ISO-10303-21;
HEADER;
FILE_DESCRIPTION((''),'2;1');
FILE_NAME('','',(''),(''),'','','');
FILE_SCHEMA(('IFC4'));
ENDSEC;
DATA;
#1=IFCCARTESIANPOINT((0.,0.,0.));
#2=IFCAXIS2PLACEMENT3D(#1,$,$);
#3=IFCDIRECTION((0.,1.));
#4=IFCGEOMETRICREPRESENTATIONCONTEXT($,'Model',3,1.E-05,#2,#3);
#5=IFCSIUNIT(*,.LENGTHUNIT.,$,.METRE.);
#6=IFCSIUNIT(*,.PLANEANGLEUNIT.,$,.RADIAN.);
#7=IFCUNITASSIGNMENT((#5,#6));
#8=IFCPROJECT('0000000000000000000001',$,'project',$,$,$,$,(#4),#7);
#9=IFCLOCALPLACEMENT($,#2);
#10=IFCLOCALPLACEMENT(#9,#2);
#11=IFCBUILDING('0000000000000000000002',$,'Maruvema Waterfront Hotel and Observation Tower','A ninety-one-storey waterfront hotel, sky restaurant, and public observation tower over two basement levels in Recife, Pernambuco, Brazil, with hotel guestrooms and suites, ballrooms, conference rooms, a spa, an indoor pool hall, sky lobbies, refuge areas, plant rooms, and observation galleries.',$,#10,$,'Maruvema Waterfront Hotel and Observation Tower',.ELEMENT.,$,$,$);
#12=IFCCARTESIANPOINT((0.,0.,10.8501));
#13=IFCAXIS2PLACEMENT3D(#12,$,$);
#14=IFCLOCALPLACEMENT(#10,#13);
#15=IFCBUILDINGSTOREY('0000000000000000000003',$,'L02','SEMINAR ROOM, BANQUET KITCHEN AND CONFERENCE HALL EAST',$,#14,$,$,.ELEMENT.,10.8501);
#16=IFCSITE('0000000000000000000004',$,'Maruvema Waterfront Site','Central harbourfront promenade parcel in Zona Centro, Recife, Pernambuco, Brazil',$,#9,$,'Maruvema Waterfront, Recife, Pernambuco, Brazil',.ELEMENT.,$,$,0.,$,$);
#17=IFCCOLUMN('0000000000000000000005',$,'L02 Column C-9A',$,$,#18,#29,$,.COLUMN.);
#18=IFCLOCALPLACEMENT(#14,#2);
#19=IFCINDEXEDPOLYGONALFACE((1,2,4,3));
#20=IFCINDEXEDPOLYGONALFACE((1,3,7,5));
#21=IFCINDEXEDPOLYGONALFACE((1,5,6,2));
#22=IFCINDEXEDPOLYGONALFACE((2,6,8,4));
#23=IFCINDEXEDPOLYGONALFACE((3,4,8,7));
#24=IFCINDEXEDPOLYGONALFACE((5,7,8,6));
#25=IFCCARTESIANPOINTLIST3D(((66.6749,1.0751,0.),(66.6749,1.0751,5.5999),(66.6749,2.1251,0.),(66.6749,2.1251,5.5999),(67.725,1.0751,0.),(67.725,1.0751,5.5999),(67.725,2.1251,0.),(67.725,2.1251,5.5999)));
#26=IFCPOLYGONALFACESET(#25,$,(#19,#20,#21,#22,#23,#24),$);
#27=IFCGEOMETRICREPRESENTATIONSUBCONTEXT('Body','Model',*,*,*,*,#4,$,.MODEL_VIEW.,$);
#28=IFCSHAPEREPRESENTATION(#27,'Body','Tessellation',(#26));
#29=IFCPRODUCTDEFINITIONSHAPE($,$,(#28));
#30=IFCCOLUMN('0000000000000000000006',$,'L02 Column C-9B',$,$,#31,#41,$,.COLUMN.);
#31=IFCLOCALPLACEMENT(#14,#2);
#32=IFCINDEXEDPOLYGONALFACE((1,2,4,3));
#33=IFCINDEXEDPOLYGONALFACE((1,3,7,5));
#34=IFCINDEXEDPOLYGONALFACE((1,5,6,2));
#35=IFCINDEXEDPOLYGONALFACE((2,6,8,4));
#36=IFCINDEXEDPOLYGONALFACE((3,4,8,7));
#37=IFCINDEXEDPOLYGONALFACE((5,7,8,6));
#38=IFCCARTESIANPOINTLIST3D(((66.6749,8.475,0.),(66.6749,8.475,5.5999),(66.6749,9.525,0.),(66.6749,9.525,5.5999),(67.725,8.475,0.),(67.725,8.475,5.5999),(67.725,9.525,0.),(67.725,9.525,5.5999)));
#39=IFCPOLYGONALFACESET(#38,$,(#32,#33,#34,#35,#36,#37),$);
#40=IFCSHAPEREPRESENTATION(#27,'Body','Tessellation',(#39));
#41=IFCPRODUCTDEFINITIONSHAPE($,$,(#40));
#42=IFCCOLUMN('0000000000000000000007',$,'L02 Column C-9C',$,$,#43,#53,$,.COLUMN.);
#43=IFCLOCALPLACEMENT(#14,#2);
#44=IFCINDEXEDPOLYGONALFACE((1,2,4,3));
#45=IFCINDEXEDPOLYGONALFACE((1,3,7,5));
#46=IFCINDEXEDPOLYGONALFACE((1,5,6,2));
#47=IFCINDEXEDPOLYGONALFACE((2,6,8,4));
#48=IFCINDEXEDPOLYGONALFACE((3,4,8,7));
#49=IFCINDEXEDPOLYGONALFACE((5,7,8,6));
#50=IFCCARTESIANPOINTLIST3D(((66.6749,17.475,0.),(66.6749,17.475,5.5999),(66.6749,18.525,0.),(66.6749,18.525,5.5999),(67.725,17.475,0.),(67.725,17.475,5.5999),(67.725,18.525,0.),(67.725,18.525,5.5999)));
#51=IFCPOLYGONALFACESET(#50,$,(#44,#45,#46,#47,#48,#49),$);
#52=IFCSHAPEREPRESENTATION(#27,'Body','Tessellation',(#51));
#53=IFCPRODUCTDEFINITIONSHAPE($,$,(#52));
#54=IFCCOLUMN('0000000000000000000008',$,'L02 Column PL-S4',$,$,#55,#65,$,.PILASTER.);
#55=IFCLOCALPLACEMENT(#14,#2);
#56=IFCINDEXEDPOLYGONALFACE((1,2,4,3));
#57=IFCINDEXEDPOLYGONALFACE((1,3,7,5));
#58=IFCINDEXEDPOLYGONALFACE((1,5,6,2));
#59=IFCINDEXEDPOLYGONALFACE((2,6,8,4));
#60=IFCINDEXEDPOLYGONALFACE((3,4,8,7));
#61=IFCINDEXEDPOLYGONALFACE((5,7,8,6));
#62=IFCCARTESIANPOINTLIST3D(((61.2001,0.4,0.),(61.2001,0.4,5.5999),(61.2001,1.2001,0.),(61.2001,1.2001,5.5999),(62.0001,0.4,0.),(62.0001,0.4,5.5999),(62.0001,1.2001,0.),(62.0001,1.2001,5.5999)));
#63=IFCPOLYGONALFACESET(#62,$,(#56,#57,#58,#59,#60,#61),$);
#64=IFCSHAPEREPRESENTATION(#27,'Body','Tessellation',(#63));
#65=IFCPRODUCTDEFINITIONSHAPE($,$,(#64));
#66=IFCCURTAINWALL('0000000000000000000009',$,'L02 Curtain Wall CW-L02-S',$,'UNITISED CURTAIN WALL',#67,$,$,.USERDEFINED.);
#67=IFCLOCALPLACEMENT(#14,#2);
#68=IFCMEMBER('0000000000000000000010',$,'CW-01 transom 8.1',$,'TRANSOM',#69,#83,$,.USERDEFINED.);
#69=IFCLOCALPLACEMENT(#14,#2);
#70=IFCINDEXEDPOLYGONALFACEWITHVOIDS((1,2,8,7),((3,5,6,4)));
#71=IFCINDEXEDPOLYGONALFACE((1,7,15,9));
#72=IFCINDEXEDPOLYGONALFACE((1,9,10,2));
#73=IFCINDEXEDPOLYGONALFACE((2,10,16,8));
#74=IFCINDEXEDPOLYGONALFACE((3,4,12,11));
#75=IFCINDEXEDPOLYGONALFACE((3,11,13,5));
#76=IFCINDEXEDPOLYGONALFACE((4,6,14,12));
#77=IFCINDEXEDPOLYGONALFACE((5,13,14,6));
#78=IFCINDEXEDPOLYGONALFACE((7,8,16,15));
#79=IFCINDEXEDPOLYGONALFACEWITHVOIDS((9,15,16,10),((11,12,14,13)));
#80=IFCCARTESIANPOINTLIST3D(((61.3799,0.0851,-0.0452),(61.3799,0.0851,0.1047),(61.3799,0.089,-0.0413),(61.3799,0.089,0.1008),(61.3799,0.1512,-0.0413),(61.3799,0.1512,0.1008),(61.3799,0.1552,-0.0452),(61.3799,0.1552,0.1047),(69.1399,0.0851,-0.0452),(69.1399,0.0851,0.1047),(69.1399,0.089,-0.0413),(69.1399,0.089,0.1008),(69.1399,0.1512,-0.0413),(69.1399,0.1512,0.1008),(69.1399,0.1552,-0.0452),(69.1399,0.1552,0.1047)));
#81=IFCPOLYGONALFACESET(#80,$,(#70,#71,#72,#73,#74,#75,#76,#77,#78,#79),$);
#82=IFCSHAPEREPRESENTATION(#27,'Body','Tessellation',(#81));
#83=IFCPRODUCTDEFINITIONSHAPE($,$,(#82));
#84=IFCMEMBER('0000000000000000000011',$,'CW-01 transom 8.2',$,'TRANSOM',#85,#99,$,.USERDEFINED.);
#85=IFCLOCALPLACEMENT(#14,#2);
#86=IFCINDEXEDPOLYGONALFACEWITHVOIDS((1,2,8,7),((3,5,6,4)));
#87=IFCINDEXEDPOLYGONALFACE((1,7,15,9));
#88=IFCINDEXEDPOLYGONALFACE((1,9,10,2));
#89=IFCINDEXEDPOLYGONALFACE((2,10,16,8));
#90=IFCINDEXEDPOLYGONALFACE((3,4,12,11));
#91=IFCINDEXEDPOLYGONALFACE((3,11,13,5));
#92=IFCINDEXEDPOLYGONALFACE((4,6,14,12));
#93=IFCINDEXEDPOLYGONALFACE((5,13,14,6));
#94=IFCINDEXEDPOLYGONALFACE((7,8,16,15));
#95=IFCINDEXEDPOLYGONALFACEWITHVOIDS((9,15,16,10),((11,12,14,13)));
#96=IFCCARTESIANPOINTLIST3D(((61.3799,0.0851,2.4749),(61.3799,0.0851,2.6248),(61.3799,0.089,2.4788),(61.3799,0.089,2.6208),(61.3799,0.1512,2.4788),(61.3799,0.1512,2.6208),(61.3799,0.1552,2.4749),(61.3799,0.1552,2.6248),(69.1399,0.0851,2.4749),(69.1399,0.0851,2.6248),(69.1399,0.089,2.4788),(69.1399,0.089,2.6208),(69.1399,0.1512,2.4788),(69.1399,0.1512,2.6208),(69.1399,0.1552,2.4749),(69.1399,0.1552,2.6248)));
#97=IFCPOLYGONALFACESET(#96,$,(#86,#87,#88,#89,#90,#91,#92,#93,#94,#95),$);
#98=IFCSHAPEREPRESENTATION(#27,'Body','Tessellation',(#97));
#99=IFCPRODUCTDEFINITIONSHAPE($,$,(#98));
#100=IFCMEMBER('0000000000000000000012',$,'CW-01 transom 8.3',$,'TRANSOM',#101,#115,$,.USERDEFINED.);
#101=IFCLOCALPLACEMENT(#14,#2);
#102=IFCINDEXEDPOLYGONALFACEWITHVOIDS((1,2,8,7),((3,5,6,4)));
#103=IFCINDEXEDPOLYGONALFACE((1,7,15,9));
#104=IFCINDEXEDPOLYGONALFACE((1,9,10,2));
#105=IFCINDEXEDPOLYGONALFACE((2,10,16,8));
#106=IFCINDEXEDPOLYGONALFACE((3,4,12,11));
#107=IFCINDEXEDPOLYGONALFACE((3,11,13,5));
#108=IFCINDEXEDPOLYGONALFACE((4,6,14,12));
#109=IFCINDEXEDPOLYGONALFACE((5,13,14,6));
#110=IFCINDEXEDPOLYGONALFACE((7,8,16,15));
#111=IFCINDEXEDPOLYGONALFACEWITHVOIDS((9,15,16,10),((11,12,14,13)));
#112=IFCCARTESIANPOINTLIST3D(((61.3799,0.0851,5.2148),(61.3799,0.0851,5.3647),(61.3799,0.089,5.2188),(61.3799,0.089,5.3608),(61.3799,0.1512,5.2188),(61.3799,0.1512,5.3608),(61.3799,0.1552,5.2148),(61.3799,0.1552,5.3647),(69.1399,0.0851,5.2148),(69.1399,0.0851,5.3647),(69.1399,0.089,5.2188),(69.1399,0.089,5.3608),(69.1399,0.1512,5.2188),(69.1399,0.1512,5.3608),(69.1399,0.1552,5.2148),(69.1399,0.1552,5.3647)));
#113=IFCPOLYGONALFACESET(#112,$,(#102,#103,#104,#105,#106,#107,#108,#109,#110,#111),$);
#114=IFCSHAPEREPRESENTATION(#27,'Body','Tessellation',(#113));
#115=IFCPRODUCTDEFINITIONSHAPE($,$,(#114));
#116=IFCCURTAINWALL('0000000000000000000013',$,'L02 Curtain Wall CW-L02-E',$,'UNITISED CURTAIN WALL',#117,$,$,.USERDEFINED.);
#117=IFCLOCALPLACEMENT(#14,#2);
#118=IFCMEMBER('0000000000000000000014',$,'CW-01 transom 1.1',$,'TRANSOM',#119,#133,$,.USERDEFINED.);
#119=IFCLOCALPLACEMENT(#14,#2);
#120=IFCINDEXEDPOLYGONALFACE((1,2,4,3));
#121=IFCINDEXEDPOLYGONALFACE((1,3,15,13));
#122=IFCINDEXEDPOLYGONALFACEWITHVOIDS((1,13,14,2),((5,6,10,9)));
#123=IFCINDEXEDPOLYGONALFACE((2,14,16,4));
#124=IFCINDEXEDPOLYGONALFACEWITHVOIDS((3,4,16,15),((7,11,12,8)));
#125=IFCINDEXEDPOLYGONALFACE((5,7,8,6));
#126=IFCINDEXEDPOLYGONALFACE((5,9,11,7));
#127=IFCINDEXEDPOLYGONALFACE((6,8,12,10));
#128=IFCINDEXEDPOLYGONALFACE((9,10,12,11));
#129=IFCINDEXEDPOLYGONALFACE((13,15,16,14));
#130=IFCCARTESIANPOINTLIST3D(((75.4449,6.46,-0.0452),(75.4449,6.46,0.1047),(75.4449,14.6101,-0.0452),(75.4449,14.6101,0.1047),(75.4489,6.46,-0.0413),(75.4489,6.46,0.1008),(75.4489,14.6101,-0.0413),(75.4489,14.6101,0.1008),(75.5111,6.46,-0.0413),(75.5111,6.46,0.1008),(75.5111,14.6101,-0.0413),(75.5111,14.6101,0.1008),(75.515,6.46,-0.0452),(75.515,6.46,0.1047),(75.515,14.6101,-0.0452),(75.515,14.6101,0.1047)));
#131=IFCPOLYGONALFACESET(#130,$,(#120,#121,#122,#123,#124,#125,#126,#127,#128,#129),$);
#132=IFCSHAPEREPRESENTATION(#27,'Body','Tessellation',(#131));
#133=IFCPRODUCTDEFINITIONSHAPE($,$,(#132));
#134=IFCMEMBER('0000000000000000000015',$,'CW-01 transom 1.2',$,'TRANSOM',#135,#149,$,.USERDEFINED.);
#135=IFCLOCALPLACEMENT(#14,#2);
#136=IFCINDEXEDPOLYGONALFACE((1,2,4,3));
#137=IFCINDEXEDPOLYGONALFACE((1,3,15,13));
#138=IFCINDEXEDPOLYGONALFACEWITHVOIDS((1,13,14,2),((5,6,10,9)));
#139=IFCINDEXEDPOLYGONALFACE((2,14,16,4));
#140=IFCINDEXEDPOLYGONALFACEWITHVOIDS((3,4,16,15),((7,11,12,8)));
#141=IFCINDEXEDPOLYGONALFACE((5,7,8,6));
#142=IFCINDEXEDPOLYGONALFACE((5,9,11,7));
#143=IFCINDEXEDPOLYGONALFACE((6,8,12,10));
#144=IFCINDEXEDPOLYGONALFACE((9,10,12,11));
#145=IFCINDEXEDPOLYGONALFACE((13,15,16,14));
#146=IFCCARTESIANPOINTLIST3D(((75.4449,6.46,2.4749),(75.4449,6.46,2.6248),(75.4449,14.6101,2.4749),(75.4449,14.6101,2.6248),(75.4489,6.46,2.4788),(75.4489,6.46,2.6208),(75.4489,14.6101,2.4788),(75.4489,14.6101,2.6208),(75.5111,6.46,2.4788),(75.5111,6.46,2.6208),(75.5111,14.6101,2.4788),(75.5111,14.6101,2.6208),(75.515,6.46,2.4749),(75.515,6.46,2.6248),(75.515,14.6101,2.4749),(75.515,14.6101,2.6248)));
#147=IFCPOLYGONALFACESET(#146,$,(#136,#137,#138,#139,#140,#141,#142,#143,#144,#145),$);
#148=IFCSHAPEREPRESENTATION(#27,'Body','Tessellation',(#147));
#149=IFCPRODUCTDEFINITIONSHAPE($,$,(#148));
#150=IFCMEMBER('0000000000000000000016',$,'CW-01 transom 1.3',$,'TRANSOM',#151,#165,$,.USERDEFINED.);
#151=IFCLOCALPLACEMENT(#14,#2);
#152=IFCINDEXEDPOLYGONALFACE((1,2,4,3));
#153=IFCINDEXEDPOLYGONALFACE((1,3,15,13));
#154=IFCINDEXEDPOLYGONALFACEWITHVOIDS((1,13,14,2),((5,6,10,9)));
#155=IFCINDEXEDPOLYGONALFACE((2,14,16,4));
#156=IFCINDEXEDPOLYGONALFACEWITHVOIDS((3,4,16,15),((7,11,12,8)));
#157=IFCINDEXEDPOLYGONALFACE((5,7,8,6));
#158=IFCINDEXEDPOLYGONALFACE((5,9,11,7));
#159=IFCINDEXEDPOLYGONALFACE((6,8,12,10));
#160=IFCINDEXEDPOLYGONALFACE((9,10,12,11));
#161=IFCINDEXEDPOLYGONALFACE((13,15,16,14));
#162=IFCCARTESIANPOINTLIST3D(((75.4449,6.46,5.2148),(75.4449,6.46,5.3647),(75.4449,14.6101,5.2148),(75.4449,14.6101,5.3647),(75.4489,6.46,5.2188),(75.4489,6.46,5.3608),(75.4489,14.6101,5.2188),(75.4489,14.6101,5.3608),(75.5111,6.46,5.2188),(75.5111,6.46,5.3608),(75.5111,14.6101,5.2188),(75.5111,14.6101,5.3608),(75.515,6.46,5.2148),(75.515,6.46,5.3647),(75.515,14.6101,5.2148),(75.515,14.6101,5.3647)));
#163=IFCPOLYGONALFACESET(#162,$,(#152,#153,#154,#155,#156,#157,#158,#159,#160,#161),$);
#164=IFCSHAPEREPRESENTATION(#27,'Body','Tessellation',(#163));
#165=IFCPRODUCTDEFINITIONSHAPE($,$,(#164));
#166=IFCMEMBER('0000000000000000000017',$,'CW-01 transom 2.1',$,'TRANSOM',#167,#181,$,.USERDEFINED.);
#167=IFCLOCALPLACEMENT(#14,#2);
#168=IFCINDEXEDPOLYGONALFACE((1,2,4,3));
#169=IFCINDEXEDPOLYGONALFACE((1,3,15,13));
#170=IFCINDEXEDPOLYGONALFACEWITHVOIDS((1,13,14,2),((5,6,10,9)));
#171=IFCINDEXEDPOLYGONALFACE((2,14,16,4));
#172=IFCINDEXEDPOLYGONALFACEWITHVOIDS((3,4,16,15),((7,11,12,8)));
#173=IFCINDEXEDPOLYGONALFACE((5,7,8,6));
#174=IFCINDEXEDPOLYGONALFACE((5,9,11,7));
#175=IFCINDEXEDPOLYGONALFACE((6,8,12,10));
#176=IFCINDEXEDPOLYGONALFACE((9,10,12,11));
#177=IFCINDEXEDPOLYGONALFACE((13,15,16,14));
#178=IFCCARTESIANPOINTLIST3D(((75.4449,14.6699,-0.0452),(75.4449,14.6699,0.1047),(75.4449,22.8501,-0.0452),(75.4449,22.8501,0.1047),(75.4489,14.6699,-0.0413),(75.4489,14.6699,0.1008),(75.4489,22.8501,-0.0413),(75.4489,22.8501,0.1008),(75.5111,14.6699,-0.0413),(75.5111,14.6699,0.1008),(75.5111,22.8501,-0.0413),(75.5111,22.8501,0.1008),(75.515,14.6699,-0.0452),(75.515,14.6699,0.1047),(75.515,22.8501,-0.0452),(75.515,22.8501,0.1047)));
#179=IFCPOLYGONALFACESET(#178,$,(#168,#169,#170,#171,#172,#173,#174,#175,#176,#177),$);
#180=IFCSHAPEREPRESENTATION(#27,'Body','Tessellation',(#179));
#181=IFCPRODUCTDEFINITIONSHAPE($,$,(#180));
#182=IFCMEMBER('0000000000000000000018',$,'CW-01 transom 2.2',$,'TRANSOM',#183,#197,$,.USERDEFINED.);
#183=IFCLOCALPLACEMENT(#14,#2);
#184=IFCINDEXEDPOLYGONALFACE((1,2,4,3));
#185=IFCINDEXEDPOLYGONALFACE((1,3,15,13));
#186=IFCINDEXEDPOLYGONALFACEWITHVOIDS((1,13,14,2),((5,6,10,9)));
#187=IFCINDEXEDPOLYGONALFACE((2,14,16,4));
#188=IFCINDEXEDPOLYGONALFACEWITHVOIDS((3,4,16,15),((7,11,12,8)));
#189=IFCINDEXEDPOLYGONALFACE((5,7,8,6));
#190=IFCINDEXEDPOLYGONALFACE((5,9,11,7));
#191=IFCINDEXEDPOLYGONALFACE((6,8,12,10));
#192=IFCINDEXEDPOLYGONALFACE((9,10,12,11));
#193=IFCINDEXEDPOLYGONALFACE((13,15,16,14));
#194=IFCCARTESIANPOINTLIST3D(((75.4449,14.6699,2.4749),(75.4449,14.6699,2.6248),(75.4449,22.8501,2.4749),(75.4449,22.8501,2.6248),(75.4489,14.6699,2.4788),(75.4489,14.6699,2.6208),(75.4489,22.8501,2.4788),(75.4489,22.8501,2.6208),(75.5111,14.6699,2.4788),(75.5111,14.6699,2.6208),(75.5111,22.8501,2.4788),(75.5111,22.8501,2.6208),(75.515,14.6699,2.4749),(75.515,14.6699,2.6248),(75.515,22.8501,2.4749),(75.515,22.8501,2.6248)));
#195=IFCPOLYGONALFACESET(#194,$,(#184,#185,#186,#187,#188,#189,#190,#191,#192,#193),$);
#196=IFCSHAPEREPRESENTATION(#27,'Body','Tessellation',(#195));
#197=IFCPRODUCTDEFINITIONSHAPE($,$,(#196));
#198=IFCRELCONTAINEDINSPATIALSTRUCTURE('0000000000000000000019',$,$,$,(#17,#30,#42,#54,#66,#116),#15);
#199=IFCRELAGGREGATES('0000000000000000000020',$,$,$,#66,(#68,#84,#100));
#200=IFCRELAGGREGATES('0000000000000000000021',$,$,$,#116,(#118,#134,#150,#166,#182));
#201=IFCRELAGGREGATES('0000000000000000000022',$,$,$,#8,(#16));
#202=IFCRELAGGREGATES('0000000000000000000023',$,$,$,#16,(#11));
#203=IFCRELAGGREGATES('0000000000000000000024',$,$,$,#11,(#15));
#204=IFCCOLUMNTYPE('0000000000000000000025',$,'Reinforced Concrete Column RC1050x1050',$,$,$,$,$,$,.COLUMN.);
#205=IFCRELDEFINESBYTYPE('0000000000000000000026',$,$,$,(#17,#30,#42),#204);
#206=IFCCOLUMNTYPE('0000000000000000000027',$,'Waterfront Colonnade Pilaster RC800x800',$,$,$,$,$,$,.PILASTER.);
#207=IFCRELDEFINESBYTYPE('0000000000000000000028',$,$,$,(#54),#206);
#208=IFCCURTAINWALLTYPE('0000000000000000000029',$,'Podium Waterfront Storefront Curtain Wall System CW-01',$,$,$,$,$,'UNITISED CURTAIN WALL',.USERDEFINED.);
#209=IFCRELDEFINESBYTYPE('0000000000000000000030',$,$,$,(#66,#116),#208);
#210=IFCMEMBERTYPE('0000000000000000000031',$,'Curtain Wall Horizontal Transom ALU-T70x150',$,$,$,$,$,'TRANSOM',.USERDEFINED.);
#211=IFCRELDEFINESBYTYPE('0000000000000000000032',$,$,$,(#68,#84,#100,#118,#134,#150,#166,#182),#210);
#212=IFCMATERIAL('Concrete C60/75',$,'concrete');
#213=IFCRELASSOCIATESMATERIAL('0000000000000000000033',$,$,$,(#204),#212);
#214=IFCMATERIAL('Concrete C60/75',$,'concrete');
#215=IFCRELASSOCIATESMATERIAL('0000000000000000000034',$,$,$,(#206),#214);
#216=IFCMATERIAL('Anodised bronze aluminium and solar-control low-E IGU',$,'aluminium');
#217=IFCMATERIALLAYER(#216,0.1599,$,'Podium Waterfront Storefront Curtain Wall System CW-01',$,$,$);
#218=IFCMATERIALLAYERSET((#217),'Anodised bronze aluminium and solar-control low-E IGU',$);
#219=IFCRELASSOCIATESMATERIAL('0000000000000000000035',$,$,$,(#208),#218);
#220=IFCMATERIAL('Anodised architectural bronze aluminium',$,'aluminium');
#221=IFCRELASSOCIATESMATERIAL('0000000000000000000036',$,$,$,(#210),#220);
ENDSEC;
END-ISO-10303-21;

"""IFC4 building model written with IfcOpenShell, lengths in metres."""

from ifc_helpers import new_model, si_unit, direction, frame, origin, origin_2d, place, context, subcontext, project, spatial, rectangle, hollow_rectangle, extrude, material, layer, layer_set, material_profile, profile_set, type_object, element, aggregate, save


model = new_model("IFC4")

# Units and contexts
model_context = context("Model", 3, precision=1e-05, world=origin(), true_north=direction((0.0, 1.0)))
body_context = subcontext(model_context, "Body", "Model", "MODEL_VIEW")
ifc_project = project(units=[si_unit("LENGTHUNIT", "METRE"), si_unit("PLANEANGLEUNIT", "RADIAN")], contexts=[model_context])

# Site, building, storey
site_placement = place(None, origin())
site = spatial("IfcSite", under=ifc_project, at=site_placement, Name="Maruvema Waterfront Site", Description="Central harbourfront promenade parcel in Zona Centro, Recife, Pernambuco, Brazil", LongName="Maruvema Waterfront, Recife, Pernambuco, Brazil", CompositionType="ELEMENT", RefElevation=0.0)
building_placement = place(site_placement, origin())
building = spatial("IfcBuilding", under=site, at=building_placement, Name="Maruvema Waterfront Hotel and Observation Tower", Description="A ninety-one-storey waterfront hotel, sky restaurant, and public observation tower over two basement levels in Recife, Pernambuco, Brazil, with hotel guestrooms and suites, ballrooms, conference rooms, a spa, an indoor pool hall, sky lobbies, refuge areas, plant rooms, and observation galleries.", LongName="Maruvema Waterfront Hotel and Observation Tower", CompositionType="ELEMENT")
storey_placement = place(building_placement, frame((0.0, 0.0, 10.8501)))
storey = spatial("IfcBuildingStorey", under=building, at=storey_placement, Name="L02", Description="SEMINAR ROOM, BANQUET KITCHEN AND CONFERENCE HALL EAST", CompositionType="ELEMENT", Elevation=10.8501)

# Columns
ifc_material_1 = material(Name="Concrete C60/75", Category="concrete")
ifc_material_profile_1 = material_profile(ifc_material_1, rectangle(XDim=1.05, YDim=1.05, at=origin_2d()), Name="RC1050x1050")
ifc_profile_set_1 = profile_set([ifc_material_profile_1], Name="Concrete C60/75")
column_type_1 = type_object("IfcColumnType", Name="Reinforced Concrete Column RC1050x1050", PredefinedType="COLUMN", material=ifc_profile_set_1)
for number, where, z_axis, x_axis, name in (
    (1, (67.2, 1.6001, 0.0), (0.0, 0.0, 1.0), (1.0, 0.0, 0.0), "L02 Column C-9A"),
    (2, (67.2, 9.0, 0.0), (0.0, 0.0, 1.0), (1.0, 0.0, 0.0), "L02 Column C-9B"),
    (3, (67.2, 18.0, 0.0), (0.0, 0.0, 1.0), (1.0, 0.0, 0.0), "L02 Column C-9C"),
):
    element("IfcColumn", number, at=place(storey_placement, frame(where, z_axis=z_axis, x_axis=x_axis)), inside=storey, type_object=column_type_1, Name=name, PredefinedType="COLUMN", context=body_context, shape_type="SweptSolid", body=[
        extrude(rectangle(XDim=1.05, YDim=1.05, at=origin_2d()), origin(), (0.0, 0.0, 1.0), 5.5999),
    ])
ifc_material_2 = material(Name="Concrete C60/75", Category="concrete")
ifc_material_profile_2 = material_profile(ifc_material_2, rectangle(XDim=0.8, YDim=0.8, at=origin_2d()), Name="RC800x800")
ifc_profile_set_2 = profile_set([ifc_material_profile_2], Name="Concrete C60/75")
column_type_2 = type_object("IfcColumnType", Name="Waterfront Colonnade Pilaster RC800x800", PredefinedType="PILASTER", material=ifc_profile_set_2)
column_placement = place(storey_placement, frame((61.6001, 0.8, 0.0), z_axis=(0.0, 0.0, 1.0), x_axis=(1.0, 0.0, 0.0)))
element("IfcColumn", 4, at=column_placement, inside=storey, type_object=column_type_2, Name="L02 Column PL-S4", PredefinedType="PILASTER", context=body_context, shape_type="SweptSolid", body=[
    extrude(rectangle(XDim=0.8, YDim=0.8, at=origin_2d()), origin(), (0.0, 0.0, 1.0), 5.5999),
])

# Curtain walls, members
ifc_material_3 = material(Name="Anodised bronze aluminium and solar-control low-E IGU", Category="aluminium")
ifc_layer_1 = layer(ifc_material_3, 0.1599, Name="Podium Waterfront Storefront Curtain Wall System CW-01")
ifc_layer_set_1 = layer_set([ifc_layer_1], Name="Anodised bronze aluminium and solar-control low-E IGU")
curtain_wall_type = type_object("IfcCurtainWallType", Name="Podium Waterfront Storefront Curtain Wall System CW-01", ElementType="UNITISED CURTAIN WALL", PredefinedType="USERDEFINED", material=ifc_layer_set_1)
curtain_wall_1_placement = place(storey_placement, origin())
curtain_wall_1 = element("IfcCurtainWall", 5, at=curtain_wall_1_placement, inside=storey, type_object=curtain_wall_type, Name="L02 Curtain Wall CW-L02-S", ObjectType="UNITISED CURTAIN WALL", PredefinedType="USERDEFINED")
ifc_material_4 = material(Name="Anodised architectural bronze aluminium", Category="aluminium")
ifc_material_profile_3 = material_profile(ifc_material_4, hollow_rectangle(XDim=0.0701, YDim=0.1499, WallThickness=0.0039, at=origin_2d()), Name="ALU-T70x150")
ifc_profile_set_3 = profile_set([ifc_material_profile_3], Name="Anodised architectural bronze aluminium")
member_type_1 = type_object("IfcMemberType", Name="Curtain Wall Horizontal Transom ALU-T70x150", ElementType="TRANSOM", PredefinedType="USERDEFINED", material=ifc_profile_set_3)
member_1_placement = place(storey_placement, frame((61.3799, 0.1201, 0.0298), z_axis=(1.0, 0.0, 0.0), x_axis=(0.0, 1.0, 0.0)))
member_1 = element("IfcMember", 6, at=member_1_placement, type_object=member_type_1, Name="CW-01 transom 8.1", ObjectType="TRANSOM", PredefinedType="USERDEFINED", context=body_context, shape_type="SweptSolid", body=[
    extrude(hollow_rectangle(XDim=0.0701, YDim=0.1499, WallThickness=0.0039, at=origin_2d()), origin(), (0.0, 0.0, 1.0), 7.76),
])
member_2_placement = place(storey_placement, frame((61.3799, 0.1201, 2.5498), z_axis=(1.0, 0.0, 0.0), x_axis=(0.0, 1.0, 0.0)))
member_2 = element("IfcMember", 7, at=member_2_placement, type_object=member_type_1, Name="CW-01 transom 8.2", ObjectType="TRANSOM", PredefinedType="USERDEFINED", context=body_context, shape_type="SweptSolid", body=[
    extrude(hollow_rectangle(XDim=0.0701, YDim=0.1499, WallThickness=0.0039, at=origin_2d()), origin(), (0.0, 0.0, 1.0), 7.76),
])
member_3_placement = place(storey_placement, frame((61.3799, 0.1201, 5.2898), z_axis=(1.0, 0.0, 0.0), x_axis=(0.0, 1.0, 0.0)))
member_3 = element("IfcMember", 8, at=member_3_placement, type_object=member_type_1, Name="CW-01 transom 8.3", ObjectType="TRANSOM", PredefinedType="USERDEFINED", context=body_context, shape_type="SweptSolid", body=[
    extrude(hollow_rectangle(XDim=0.0701, YDim=0.1499, WallThickness=0.0039, at=origin_2d()), origin(), (0.0, 0.0, 1.0), 7.76),
])
curtain_wall_2_placement = place(storey_placement, origin())
curtain_wall_2 = element("IfcCurtainWall", 9, at=curtain_wall_2_placement, inside=storey, type_object=curtain_wall_type, Name="L02 Curtain Wall CW-L02-E", ObjectType="UNITISED CURTAIN WALL", PredefinedType="USERDEFINED")
member_4_placement = place(storey_placement, frame((75.48, 6.46, 0.0298), z_axis=(0.0, 1.0, 0.0), x_axis=(-1.0, 0.0, 0.0)))
member_4 = element("IfcMember", 10, at=member_4_placement, type_object=member_type_1, Name="CW-01 transom 1.1", ObjectType="TRANSOM", PredefinedType="USERDEFINED", context=body_context, shape_type="SweptSolid", body=[
    extrude(hollow_rectangle(XDim=0.0701, YDim=0.1499, WallThickness=0.0039, at=origin_2d()), origin(), (0.0, 0.0, 1.0), 8.1501),
])
member_5_placement = place(storey_placement, frame((75.48, 6.46, 2.5498), z_axis=(0.0, 1.0, 0.0), x_axis=(-1.0, 0.0, 0.0)))
member_5 = element("IfcMember", 11, at=member_5_placement, type_object=member_type_1, Name="CW-01 transom 1.2", ObjectType="TRANSOM", PredefinedType="USERDEFINED", context=body_context, shape_type="SweptSolid", body=[
    extrude(hollow_rectangle(XDim=0.0701, YDim=0.1499, WallThickness=0.0039, at=origin_2d()), origin(), (0.0, 0.0, 1.0), 8.1501),
])
member_6_placement = place(storey_placement, frame((75.48, 6.46, 5.2898), z_axis=(0.0, 1.0, 0.0), x_axis=(-1.0, 0.0, 0.0)))
member_6 = element("IfcMember", 12, at=member_6_placement, type_object=member_type_1, Name="CW-01 transom 1.3", ObjectType="TRANSOM", PredefinedType="USERDEFINED", context=body_context, shape_type="SweptSolid", body=[
    extrude(hollow_rectangle(XDim=0.0701, YDim=0.1499, WallThickness=0.0039, at=origin_2d()), origin(), (0.0, 0.0, 1.0), 8.1501),
])
member_7_placement = place(storey_placement, frame((75.48, 14.6699, 0.0298), z_axis=(0.0, 1.0, 0.0), x_axis=(-1.0, 0.0, 0.0)))
member_7 = element("IfcMember", 13, at=member_7_placement, type_object=member_type_1, Name="CW-01 transom 2.1", ObjectType="TRANSOM", PredefinedType="USERDEFINED", context=body_context, shape_type="SweptSolid", body=[
    extrude(hollow_rectangle(XDim=0.0701, YDim=0.1499, WallThickness=0.0039, at=origin_2d()), origin(), (0.0, 0.0, 1.0), 8.1802),
])
member_8_placement = place(storey_placement, frame((75.48, 14.6699, 2.5498), z_axis=(0.0, 1.0, 0.0), x_axis=(-1.0, 0.0, 0.0)))
member_8 = element("IfcMember", 14, at=member_8_placement, type_object=member_type_1, Name="CW-01 transom 2.2", ObjectType="TRANSOM", PredefinedType="USERDEFINED", context=body_context, shape_type="SweptSolid", body=[
    extrude(hollow_rectangle(XDim=0.0701, YDim=0.1499, WallThickness=0.0039, at=origin_2d()), origin(), (0.0, 0.0, 1.0), 8.1802),
])

aggregate(curtain_wall_1, [member_1, member_2, member_3])
aggregate(curtain_wall_2, [member_4, member_5, member_6, member_7, member_8])

save(model, "model.ifc")
